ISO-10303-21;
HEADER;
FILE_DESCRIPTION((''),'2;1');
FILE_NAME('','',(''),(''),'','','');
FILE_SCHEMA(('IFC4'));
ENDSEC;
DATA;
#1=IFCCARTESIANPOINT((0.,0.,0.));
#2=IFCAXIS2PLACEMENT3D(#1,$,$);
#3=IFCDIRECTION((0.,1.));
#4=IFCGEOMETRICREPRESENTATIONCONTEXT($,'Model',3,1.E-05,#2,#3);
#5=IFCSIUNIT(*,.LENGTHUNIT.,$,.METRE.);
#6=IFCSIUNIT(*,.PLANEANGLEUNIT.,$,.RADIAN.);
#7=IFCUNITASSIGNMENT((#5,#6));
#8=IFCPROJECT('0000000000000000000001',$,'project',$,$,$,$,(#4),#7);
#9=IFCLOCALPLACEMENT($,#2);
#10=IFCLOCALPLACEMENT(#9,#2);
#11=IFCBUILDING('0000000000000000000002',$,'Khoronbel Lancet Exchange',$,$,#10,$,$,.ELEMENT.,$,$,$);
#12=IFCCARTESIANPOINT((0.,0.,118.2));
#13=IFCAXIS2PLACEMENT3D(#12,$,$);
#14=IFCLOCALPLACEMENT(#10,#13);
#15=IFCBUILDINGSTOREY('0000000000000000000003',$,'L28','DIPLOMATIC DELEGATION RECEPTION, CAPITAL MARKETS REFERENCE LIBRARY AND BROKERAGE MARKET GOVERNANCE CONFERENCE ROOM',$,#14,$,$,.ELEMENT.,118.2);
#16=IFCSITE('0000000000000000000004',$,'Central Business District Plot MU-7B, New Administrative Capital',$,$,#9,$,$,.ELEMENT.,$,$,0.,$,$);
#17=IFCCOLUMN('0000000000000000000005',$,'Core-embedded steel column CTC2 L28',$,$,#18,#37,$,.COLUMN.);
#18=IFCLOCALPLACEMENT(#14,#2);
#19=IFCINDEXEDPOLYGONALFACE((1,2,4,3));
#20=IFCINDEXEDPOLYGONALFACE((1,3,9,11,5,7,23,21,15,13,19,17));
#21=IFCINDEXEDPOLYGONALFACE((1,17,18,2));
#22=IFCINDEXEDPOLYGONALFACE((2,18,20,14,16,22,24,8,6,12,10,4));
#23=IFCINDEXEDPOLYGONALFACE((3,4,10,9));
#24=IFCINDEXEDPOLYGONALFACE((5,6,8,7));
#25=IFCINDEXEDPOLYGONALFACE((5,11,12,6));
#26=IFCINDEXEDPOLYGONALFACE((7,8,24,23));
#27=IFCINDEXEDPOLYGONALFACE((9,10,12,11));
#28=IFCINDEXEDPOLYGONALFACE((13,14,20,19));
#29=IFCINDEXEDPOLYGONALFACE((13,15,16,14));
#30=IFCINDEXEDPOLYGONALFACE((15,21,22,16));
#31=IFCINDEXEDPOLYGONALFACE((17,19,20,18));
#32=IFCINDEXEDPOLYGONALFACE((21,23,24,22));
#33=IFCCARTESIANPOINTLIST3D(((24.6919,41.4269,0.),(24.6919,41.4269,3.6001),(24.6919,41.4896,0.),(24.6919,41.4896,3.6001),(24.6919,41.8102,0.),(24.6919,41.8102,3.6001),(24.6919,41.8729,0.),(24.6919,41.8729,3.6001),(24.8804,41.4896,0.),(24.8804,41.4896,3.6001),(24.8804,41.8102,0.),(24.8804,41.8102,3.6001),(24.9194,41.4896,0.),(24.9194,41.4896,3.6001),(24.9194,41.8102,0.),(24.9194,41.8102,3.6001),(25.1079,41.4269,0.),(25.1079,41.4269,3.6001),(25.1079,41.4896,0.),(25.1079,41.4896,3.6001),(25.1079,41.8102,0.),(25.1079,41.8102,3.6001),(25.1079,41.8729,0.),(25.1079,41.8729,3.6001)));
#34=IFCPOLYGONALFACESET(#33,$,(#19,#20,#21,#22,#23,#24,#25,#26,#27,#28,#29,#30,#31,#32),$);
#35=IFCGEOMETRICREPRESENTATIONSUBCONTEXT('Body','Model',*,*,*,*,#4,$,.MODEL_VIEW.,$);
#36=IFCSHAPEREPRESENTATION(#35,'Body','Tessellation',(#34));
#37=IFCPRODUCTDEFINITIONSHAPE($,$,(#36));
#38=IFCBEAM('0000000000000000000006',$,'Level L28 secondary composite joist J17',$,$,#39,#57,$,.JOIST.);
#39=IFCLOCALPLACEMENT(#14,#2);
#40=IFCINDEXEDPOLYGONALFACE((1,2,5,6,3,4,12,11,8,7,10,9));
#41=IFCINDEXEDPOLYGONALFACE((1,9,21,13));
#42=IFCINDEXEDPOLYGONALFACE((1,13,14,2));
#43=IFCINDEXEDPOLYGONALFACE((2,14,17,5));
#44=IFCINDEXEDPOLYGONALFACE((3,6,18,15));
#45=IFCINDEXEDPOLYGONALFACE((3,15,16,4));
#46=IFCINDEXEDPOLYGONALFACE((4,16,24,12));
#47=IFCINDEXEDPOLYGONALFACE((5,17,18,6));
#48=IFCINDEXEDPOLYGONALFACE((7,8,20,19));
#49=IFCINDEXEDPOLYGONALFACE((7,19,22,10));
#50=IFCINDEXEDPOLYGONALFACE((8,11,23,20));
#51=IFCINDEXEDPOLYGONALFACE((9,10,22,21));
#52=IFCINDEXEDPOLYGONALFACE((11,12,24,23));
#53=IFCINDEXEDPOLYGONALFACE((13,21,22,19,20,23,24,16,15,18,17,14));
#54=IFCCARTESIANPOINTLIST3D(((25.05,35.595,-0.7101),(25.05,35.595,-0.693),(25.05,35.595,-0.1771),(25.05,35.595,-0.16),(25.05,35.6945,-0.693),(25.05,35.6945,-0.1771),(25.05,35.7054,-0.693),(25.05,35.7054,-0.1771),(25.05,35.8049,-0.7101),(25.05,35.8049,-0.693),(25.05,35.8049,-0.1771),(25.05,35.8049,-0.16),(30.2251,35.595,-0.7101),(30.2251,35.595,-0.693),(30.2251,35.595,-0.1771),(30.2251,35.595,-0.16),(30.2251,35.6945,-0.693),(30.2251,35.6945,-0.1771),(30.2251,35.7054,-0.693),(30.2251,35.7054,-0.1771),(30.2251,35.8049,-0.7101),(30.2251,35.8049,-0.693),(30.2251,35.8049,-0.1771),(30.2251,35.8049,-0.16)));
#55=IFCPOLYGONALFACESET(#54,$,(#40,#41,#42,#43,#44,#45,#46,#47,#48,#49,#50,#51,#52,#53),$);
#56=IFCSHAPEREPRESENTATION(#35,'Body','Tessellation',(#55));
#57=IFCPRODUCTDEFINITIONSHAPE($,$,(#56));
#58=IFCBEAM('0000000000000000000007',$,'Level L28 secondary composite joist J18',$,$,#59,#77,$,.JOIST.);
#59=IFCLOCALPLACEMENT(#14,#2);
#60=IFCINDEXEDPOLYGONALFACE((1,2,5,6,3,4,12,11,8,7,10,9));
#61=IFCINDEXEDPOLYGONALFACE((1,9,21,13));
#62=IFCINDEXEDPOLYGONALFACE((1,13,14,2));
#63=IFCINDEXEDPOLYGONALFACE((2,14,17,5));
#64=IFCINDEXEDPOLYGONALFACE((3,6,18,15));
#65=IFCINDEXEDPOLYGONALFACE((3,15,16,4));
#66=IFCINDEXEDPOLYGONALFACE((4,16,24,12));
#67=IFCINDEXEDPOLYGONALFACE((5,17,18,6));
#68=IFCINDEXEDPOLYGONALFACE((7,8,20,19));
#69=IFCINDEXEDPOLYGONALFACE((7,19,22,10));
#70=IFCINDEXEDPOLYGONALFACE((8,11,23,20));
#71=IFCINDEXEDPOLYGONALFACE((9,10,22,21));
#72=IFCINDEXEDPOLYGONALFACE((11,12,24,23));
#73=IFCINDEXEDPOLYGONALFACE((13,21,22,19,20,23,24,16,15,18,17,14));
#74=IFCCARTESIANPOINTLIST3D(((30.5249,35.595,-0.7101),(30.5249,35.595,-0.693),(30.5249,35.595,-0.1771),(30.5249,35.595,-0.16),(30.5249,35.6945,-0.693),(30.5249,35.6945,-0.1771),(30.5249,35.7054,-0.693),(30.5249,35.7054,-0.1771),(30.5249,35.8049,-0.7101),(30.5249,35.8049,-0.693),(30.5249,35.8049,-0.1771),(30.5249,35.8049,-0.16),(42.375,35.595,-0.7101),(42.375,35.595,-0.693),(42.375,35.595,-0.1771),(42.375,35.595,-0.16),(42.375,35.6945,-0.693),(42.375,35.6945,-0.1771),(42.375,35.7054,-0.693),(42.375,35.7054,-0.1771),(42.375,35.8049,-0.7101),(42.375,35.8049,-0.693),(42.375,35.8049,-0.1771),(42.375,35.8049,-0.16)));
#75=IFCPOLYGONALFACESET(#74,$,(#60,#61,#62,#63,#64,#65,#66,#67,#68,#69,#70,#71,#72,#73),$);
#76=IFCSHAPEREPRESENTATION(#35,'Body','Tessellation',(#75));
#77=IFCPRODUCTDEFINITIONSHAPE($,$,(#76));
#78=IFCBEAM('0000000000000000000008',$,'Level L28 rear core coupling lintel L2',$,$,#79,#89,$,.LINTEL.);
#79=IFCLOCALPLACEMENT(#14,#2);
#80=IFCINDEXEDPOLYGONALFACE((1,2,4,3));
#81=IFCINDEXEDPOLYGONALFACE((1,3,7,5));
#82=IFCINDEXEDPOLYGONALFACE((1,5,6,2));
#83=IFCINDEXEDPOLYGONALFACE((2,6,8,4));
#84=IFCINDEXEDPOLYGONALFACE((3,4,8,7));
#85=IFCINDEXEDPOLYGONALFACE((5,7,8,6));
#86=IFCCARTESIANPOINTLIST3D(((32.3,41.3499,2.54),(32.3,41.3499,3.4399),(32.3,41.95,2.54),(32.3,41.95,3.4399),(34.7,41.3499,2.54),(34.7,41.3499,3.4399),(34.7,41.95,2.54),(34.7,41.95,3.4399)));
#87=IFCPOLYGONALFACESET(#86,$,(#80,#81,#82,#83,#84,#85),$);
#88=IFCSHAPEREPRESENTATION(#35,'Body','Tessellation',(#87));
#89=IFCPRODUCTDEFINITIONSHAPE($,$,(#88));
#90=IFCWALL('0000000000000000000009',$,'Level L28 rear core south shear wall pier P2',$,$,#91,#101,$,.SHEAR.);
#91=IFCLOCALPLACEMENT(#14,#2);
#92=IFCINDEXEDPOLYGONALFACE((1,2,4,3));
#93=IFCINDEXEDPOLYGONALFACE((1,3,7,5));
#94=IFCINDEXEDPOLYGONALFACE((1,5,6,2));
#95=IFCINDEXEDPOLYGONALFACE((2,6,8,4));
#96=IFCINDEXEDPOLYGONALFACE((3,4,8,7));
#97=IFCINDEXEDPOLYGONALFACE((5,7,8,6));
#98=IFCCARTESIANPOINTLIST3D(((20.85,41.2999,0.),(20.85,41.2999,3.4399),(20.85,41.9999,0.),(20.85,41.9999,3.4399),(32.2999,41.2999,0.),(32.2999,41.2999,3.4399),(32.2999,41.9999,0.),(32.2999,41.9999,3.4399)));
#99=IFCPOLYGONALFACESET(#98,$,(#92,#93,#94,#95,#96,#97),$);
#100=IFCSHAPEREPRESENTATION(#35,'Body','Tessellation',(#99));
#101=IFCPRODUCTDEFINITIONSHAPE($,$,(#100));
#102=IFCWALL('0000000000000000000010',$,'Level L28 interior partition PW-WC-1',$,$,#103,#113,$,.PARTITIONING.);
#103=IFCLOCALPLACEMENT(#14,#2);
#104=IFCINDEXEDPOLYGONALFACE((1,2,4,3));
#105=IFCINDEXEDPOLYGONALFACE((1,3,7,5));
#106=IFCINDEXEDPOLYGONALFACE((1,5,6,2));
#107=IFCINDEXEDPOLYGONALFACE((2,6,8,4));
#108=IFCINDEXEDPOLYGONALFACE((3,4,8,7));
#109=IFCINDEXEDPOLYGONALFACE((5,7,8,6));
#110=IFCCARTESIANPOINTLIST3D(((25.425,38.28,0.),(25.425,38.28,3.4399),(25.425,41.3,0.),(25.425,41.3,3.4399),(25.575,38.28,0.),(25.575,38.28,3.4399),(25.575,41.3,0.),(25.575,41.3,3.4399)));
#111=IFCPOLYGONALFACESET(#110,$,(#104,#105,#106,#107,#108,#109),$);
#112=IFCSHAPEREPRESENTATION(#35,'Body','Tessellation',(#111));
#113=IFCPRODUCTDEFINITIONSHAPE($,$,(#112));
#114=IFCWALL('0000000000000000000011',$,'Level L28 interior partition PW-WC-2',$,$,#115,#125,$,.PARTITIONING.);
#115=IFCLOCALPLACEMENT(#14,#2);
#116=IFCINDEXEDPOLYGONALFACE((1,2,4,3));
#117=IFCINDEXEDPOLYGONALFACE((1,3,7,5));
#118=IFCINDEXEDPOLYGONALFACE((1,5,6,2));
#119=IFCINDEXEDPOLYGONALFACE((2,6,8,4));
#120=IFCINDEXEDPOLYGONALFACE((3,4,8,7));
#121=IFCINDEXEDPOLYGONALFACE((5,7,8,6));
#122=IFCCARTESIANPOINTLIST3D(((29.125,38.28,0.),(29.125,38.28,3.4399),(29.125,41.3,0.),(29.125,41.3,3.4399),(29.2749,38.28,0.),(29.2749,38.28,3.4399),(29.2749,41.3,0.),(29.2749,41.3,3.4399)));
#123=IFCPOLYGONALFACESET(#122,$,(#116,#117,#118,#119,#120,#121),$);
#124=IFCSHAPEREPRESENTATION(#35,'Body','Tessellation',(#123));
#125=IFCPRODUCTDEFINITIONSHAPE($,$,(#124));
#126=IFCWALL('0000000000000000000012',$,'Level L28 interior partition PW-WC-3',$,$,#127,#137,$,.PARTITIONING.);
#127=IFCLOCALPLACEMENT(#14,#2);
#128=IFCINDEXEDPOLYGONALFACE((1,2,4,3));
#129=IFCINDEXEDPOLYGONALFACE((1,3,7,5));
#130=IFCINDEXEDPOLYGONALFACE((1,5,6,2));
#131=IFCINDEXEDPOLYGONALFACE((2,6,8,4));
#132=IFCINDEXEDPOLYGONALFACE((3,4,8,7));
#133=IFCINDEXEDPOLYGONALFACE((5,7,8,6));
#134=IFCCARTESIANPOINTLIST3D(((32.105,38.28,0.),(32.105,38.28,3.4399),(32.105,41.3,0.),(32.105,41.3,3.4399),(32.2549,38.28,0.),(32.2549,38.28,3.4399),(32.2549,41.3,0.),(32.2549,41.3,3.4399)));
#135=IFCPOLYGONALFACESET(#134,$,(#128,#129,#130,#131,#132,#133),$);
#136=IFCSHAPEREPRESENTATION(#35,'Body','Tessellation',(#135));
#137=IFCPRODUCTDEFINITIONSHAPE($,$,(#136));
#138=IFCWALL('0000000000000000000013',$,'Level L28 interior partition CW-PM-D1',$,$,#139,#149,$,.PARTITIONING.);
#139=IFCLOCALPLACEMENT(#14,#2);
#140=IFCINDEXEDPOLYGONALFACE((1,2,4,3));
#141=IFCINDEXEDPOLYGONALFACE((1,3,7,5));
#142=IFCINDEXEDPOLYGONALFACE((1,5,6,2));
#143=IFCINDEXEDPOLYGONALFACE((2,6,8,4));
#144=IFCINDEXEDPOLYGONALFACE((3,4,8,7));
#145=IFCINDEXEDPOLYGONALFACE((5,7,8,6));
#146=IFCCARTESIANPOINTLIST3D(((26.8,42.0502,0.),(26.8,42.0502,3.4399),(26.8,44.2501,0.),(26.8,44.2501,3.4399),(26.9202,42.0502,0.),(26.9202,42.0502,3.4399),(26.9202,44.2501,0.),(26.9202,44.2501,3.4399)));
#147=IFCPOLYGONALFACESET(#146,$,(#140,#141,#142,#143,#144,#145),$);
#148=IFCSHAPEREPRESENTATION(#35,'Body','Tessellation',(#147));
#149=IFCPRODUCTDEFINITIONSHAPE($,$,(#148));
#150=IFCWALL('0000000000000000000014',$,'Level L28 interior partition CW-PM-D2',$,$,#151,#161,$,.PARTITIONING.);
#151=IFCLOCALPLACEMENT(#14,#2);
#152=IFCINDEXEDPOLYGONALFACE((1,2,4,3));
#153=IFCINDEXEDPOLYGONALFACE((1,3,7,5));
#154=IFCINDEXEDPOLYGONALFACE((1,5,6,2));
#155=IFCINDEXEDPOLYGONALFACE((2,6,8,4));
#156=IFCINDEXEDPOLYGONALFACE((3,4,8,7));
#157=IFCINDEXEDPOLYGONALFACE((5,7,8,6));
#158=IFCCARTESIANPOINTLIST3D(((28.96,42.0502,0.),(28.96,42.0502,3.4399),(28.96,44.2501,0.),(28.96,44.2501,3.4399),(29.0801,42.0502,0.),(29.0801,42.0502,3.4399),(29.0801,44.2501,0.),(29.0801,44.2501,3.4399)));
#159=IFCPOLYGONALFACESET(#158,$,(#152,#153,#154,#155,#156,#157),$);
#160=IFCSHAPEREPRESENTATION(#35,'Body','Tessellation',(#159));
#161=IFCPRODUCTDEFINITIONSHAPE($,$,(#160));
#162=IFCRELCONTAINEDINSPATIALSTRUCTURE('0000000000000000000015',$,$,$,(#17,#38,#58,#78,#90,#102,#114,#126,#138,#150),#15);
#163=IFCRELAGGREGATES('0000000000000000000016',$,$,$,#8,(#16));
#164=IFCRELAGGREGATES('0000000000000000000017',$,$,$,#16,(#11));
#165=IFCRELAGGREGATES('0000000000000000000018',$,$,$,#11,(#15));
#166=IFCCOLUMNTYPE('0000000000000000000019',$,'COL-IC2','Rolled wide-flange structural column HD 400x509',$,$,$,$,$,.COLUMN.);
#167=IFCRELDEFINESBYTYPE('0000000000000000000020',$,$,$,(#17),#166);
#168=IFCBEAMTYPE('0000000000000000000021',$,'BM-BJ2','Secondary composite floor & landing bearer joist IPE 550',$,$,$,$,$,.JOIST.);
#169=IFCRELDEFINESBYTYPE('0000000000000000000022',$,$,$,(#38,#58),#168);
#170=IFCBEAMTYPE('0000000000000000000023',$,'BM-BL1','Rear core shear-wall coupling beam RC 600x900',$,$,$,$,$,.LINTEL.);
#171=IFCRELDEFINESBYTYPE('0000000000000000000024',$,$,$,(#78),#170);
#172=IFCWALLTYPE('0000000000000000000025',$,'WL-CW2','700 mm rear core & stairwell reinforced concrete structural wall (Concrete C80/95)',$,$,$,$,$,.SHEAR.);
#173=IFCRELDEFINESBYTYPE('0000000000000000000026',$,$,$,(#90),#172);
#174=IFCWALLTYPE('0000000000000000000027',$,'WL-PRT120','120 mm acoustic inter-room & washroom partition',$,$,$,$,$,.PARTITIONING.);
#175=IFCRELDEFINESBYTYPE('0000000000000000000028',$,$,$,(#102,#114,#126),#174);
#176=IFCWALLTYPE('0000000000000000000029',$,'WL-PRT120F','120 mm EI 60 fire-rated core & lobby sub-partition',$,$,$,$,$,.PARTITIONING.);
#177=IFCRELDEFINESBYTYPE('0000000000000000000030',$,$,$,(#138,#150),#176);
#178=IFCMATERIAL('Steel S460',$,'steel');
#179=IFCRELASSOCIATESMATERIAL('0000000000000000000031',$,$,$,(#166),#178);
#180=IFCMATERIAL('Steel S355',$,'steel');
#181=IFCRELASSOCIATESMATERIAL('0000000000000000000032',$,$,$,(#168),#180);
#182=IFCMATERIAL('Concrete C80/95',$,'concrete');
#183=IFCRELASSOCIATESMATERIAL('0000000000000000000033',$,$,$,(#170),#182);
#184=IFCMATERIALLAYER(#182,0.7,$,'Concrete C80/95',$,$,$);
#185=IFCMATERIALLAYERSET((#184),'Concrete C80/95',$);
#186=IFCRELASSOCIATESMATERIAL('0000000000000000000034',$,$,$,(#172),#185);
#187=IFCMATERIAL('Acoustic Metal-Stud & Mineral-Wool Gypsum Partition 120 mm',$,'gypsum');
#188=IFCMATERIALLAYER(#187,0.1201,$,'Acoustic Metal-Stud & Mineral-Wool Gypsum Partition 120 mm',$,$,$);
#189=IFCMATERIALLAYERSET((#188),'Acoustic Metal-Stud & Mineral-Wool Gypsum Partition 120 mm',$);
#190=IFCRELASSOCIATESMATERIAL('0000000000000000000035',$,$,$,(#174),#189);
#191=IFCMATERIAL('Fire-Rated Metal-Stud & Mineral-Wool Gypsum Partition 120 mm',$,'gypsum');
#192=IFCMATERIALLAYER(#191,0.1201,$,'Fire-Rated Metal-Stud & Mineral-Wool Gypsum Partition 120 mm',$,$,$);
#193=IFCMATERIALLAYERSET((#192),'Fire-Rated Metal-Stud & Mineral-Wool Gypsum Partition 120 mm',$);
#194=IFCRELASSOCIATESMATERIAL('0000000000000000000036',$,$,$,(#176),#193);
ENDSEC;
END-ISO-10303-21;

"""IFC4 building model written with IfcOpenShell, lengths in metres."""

from ifc_helpers import new_model, si_unit, direction, frame, frame_2d, origin, origin_2d, place, context, subcontext, project, spatial, rectangle, i_section, extrude, material, layer, layer_set, material_profile, profile_set, type_object, element, save


model = new_model("IFC4")

# Units and contexts
model_context = context("Model", 3, precision=1e-05, world=origin(), true_north=direction((0.0, 1.0)))
body_context = subcontext(model_context, "Body", "Model", "MODEL_VIEW")
ifc_project = project(units=[si_unit("LENGTHUNIT", "METRE"), si_unit("PLANEANGLEUNIT", "RADIAN")], contexts=[model_context])

# Site, building, storey
site_placement = place(None, origin())
site = spatial("IfcSite", under=ifc_project, at=site_placement, Name="Central Business District Plot MU-7B, New Administrative Capital", CompositionType="ELEMENT", RefElevation=0.0)
building_placement = place(site_placement, origin())
building = spatial("IfcBuilding", under=site, at=building_placement, Name="Khoronbel Lancet Exchange", CompositionType="ELEMENT")
storey_placement = place(building_placement, frame((0.0, 0.0, 118.2)))
storey = spatial("IfcBuildingStorey", under=building, at=storey_placement, Name="L28", Description="DIPLOMATIC DELEGATION RECEPTION, CAPITAL MARKETS REFERENCE LIBRARY AND BROKERAGE MARKET GOVERNANCE CONFERENCE ROOM", CompositionType="ELEMENT", Elevation=118.2)

# Column
ifc_material_1 = material(Name="Steel S460", Category="steel")
ifc_material_profile_1 = material_profile(ifc_material_1, i_section(OverallWidth=0.416, OverallDepth=0.446, WebThickness=0.0391, FlangeThickness=0.0627, at=origin_2d()), Name="HD 400x509")
ifc_profile_set_1 = profile_set([ifc_material_profile_1], Name="Steel S460")
column_type = type_object("IfcColumnType", Name="COL-IC2", Description="Rolled wide-flange structural column HD 400x509", PredefinedType="COLUMN", material=ifc_profile_set_1)
column_placement = place(storey_placement, frame((24.8999, 41.6499, 0.0), z_axis=(0.0, 0.0, 1.0), x_axis=(1.0, 0.0, 0.0)))
element("IfcColumn", 1, at=column_placement, inside=storey, type_object=column_type, Name="Core-embedded steel column CTC2 L28", PredefinedType="COLUMN", context=body_context, shape_type="SweptSolid", body=[
    extrude(i_section(OverallWidth=0.416, OverallDepth=0.446, WebThickness=0.0391, FlangeThickness=0.0627, at=origin_2d()), origin(), (0.0, 0.0, 1.0), 3.6001),
])

# Beams
ifc_material_2 = material(Name="Steel S355", Category="steel")
ifc_material_profile_2 = material_profile(ifc_material_2, i_section(OverallWidth=0.21, OverallDepth=0.55, WebThickness=0.011, FlangeThickness=0.0171, at=origin_2d()), Name="IPE 550")
ifc_profile_set_2 = profile_set([ifc_material_profile_2], Name="Steel S355")
beam_type_1 = type_object("IfcBeamType", Name="BM-BJ2", Description="Secondary composite floor & landing bearer joist IPE 550", PredefinedType="JOIST", material=ifc_profile_set_2)
beam_1_placement = place(storey_placement, frame((25.05, 35.7, -0.4351), z_axis=(1.0, 0.0, 0.0), x_axis=(0.0, 1.0, 0.0)))
element("IfcBeam", 2, at=beam_1_placement, inside=storey, type_object=beam_type_1, Name="Level L28 secondary composite joist J17", PredefinedType="JOIST", context=body_context, shape_type="SweptSolid", body=[
    extrude(i_section(OverallWidth=0.21, OverallDepth=0.55, WebThickness=0.011, FlangeThickness=0.0171, at=origin_2d()), origin(), (0.0, 0.0, 1.0), 5.175),
])
beam_2_placement = place(storey_placement, frame((30.5249, 35.7, -0.4351), z_axis=(1.0, 0.0, 0.0), x_axis=(0.0, 1.0, 0.0)))
element("IfcBeam", 3, at=beam_2_placement, inside=storey, type_object=beam_type_1, Name="Level L28 secondary composite joist J18", PredefinedType="JOIST", context=body_context, shape_type="SweptSolid", body=[
    extrude(i_section(OverallWidth=0.21, OverallDepth=0.55, WebThickness=0.011, FlangeThickness=0.0171, at=origin_2d()), origin(), (0.0, 0.0, 1.0), 11.8501),
])
ifc_material_3 = material(Name="Concrete C80/95", Category="concrete")
ifc_material_profile_3 = material_profile(ifc_material_3, rectangle(XDim=0.6001, YDim=0.8999, at=origin_2d()), Name="RC 600x900")
ifc_profile_set_3 = profile_set([ifc_material_profile_3], Name="Concrete C80/95")
beam_type_2 = type_object("IfcBeamType", Name="BM-BL1", Description="Rear core shear-wall coupling beam RC 600x900", PredefinedType="LINTEL", material=ifc_profile_set_3)
beam_3_placement = place(storey_placement, frame((32.3, 41.6499, 2.99), z_axis=(1.0, 0.0, 0.0), x_axis=(0.0, 1.0, 0.0)))
element("IfcBeam", 4, at=beam_3_placement, inside=storey, type_object=beam_type_2, Name="Level L28 rear core coupling lintel L2", PredefinedType="LINTEL", context=body_context, shape_type="SweptSolid", body=[
    extrude(rectangle(XDim=0.6001, YDim=0.8999, at=origin_2d()), origin(), (0.0, 0.0, 1.0), 2.3999),
])

# Walls
ifc_layer_1 = layer(ifc_material_3, 0.7, Name="Concrete C80/95")
ifc_layer_set_1 = layer_set([ifc_layer_1], Name="Concrete C80/95")
wall_type_1 = type_object("IfcWallType", Name="WL-CW2", Description="700 mm rear core & stairwell reinforced concrete structural wall (Concrete C80/95)", PredefinedType="SHEAR", material=ifc_layer_set_1)
wall_1_placement = place(storey_placement, frame((32.3, 41.6499, 0.0), z_axis=(0.0, 0.0, 1.0), x_axis=(-1.0, 0.0, 0.0)))
element("IfcWall", 5, at=wall_1_placement, inside=storey, type_object=wall_type_1, Name="Level L28 rear core south shear wall pier P2", PredefinedType="SHEAR", context=body_context, shape_type="SweptSolid", body=[
    extrude(rectangle(XDim=11.45, YDim=0.7, at=frame_2d((5.7251, 0.0))), origin(), (0.0, 0.0, 1.0), 3.4399),
])
ifc_material_4 = material(Name="Acoustic Metal-Stud & Mineral-Wool Gypsum Partition 120 mm", Category="gypsum")
ifc_layer_2 = layer(ifc_material_4, 0.1201, Name="Acoustic Metal-Stud & Mineral-Wool Gypsum Partition 120 mm")
ifc_layer_set_2 = layer_set([ifc_layer_2], Name="Acoustic Metal-Stud & Mineral-Wool Gypsum Partition 120 mm")
wall_type_2 = type_object("IfcWallType", Name="WL-PRT120", Description="120 mm acoustic inter-room & washroom partition", PredefinedType="PARTITIONING", material=ifc_layer_set_2)
for number, where, z_axis, x_axis, name in (
    (6, (25.5, 38.28, 0.0), (0.0, 0.0, 1.0), (0.0, 1.0, 0.0), "Level L28 interior partition PW-WC-1"),
    (7, (29.2, 38.28, 0.0), (0.0, 0.0, 1.0), (0.0, 1.0, 0.0), "Level L28 interior partition PW-WC-2"),
    (8, (32.1799, 38.28, 0.0), (0.0, 0.0, 1.0), (0.0, 1.0, 0.0), "Level L28 interior partition PW-WC-3"),
):
    element("IfcWall", number, at=place(storey_placement, frame(where, z_axis=z_axis, x_axis=x_axis)), inside=storey, type_object=wall_type_2, Name=name, PredefinedType="PARTITIONING", context=body_context, shape_type="SweptSolid", body=[
        extrude(rectangle(XDim=3.02, YDim=0.1499, at=frame_2d((1.51, 0.0))), origin(), (0.0, 0.0, 1.0), 3.4399),
    ])
ifc_material_5 = material(Name="Fire-Rated Metal-Stud & Mineral-Wool Gypsum Partition 120 mm", Category="gypsum")
ifc_layer_3 = layer(ifc_material_5, 0.1201, Name="Fire-Rated Metal-Stud & Mineral-Wool Gypsum Partition 120 mm")
ifc_layer_set_3 = layer_set([ifc_layer_3], Name="Fire-Rated Metal-Stud & Mineral-Wool Gypsum Partition 120 mm")
wall_type_3 = type_object("IfcWallType", Name="WL-PRT120F", Description="120 mm EI 60 fire-rated core & lobby sub-partition", PredefinedType="PARTITIONING", material=ifc_layer_set_3)
for number, where, z_axis, x_axis, name in (
    (9, (26.8601, 42.05, 0.0), (0.0, 0.0, 1.0), (0.0, 1.0, 0.0), "Level L28 interior partition CW-PM-D1"),
    (10, (29.02, 42.05, 0.0), (0.0, 0.0, 1.0), (0.0, 1.0, 0.0), "Level L28 interior partition CW-PM-D2"),
):
    element("IfcWall", number, at=place(storey_placement, frame(where, z_axis=z_axis, x_axis=x_axis)), inside=storey, type_object=wall_type_3, Name=name, PredefinedType="PARTITIONING", context=body_context, shape_type="SweptSolid", body=[
        extrude(rectangle(XDim=2.2, YDim=0.1201, at=frame_2d((1.1001, 0.0))), origin(), (0.0, 0.0, 1.0), 3.4399),
    ])

save(model, "model.ifc")
